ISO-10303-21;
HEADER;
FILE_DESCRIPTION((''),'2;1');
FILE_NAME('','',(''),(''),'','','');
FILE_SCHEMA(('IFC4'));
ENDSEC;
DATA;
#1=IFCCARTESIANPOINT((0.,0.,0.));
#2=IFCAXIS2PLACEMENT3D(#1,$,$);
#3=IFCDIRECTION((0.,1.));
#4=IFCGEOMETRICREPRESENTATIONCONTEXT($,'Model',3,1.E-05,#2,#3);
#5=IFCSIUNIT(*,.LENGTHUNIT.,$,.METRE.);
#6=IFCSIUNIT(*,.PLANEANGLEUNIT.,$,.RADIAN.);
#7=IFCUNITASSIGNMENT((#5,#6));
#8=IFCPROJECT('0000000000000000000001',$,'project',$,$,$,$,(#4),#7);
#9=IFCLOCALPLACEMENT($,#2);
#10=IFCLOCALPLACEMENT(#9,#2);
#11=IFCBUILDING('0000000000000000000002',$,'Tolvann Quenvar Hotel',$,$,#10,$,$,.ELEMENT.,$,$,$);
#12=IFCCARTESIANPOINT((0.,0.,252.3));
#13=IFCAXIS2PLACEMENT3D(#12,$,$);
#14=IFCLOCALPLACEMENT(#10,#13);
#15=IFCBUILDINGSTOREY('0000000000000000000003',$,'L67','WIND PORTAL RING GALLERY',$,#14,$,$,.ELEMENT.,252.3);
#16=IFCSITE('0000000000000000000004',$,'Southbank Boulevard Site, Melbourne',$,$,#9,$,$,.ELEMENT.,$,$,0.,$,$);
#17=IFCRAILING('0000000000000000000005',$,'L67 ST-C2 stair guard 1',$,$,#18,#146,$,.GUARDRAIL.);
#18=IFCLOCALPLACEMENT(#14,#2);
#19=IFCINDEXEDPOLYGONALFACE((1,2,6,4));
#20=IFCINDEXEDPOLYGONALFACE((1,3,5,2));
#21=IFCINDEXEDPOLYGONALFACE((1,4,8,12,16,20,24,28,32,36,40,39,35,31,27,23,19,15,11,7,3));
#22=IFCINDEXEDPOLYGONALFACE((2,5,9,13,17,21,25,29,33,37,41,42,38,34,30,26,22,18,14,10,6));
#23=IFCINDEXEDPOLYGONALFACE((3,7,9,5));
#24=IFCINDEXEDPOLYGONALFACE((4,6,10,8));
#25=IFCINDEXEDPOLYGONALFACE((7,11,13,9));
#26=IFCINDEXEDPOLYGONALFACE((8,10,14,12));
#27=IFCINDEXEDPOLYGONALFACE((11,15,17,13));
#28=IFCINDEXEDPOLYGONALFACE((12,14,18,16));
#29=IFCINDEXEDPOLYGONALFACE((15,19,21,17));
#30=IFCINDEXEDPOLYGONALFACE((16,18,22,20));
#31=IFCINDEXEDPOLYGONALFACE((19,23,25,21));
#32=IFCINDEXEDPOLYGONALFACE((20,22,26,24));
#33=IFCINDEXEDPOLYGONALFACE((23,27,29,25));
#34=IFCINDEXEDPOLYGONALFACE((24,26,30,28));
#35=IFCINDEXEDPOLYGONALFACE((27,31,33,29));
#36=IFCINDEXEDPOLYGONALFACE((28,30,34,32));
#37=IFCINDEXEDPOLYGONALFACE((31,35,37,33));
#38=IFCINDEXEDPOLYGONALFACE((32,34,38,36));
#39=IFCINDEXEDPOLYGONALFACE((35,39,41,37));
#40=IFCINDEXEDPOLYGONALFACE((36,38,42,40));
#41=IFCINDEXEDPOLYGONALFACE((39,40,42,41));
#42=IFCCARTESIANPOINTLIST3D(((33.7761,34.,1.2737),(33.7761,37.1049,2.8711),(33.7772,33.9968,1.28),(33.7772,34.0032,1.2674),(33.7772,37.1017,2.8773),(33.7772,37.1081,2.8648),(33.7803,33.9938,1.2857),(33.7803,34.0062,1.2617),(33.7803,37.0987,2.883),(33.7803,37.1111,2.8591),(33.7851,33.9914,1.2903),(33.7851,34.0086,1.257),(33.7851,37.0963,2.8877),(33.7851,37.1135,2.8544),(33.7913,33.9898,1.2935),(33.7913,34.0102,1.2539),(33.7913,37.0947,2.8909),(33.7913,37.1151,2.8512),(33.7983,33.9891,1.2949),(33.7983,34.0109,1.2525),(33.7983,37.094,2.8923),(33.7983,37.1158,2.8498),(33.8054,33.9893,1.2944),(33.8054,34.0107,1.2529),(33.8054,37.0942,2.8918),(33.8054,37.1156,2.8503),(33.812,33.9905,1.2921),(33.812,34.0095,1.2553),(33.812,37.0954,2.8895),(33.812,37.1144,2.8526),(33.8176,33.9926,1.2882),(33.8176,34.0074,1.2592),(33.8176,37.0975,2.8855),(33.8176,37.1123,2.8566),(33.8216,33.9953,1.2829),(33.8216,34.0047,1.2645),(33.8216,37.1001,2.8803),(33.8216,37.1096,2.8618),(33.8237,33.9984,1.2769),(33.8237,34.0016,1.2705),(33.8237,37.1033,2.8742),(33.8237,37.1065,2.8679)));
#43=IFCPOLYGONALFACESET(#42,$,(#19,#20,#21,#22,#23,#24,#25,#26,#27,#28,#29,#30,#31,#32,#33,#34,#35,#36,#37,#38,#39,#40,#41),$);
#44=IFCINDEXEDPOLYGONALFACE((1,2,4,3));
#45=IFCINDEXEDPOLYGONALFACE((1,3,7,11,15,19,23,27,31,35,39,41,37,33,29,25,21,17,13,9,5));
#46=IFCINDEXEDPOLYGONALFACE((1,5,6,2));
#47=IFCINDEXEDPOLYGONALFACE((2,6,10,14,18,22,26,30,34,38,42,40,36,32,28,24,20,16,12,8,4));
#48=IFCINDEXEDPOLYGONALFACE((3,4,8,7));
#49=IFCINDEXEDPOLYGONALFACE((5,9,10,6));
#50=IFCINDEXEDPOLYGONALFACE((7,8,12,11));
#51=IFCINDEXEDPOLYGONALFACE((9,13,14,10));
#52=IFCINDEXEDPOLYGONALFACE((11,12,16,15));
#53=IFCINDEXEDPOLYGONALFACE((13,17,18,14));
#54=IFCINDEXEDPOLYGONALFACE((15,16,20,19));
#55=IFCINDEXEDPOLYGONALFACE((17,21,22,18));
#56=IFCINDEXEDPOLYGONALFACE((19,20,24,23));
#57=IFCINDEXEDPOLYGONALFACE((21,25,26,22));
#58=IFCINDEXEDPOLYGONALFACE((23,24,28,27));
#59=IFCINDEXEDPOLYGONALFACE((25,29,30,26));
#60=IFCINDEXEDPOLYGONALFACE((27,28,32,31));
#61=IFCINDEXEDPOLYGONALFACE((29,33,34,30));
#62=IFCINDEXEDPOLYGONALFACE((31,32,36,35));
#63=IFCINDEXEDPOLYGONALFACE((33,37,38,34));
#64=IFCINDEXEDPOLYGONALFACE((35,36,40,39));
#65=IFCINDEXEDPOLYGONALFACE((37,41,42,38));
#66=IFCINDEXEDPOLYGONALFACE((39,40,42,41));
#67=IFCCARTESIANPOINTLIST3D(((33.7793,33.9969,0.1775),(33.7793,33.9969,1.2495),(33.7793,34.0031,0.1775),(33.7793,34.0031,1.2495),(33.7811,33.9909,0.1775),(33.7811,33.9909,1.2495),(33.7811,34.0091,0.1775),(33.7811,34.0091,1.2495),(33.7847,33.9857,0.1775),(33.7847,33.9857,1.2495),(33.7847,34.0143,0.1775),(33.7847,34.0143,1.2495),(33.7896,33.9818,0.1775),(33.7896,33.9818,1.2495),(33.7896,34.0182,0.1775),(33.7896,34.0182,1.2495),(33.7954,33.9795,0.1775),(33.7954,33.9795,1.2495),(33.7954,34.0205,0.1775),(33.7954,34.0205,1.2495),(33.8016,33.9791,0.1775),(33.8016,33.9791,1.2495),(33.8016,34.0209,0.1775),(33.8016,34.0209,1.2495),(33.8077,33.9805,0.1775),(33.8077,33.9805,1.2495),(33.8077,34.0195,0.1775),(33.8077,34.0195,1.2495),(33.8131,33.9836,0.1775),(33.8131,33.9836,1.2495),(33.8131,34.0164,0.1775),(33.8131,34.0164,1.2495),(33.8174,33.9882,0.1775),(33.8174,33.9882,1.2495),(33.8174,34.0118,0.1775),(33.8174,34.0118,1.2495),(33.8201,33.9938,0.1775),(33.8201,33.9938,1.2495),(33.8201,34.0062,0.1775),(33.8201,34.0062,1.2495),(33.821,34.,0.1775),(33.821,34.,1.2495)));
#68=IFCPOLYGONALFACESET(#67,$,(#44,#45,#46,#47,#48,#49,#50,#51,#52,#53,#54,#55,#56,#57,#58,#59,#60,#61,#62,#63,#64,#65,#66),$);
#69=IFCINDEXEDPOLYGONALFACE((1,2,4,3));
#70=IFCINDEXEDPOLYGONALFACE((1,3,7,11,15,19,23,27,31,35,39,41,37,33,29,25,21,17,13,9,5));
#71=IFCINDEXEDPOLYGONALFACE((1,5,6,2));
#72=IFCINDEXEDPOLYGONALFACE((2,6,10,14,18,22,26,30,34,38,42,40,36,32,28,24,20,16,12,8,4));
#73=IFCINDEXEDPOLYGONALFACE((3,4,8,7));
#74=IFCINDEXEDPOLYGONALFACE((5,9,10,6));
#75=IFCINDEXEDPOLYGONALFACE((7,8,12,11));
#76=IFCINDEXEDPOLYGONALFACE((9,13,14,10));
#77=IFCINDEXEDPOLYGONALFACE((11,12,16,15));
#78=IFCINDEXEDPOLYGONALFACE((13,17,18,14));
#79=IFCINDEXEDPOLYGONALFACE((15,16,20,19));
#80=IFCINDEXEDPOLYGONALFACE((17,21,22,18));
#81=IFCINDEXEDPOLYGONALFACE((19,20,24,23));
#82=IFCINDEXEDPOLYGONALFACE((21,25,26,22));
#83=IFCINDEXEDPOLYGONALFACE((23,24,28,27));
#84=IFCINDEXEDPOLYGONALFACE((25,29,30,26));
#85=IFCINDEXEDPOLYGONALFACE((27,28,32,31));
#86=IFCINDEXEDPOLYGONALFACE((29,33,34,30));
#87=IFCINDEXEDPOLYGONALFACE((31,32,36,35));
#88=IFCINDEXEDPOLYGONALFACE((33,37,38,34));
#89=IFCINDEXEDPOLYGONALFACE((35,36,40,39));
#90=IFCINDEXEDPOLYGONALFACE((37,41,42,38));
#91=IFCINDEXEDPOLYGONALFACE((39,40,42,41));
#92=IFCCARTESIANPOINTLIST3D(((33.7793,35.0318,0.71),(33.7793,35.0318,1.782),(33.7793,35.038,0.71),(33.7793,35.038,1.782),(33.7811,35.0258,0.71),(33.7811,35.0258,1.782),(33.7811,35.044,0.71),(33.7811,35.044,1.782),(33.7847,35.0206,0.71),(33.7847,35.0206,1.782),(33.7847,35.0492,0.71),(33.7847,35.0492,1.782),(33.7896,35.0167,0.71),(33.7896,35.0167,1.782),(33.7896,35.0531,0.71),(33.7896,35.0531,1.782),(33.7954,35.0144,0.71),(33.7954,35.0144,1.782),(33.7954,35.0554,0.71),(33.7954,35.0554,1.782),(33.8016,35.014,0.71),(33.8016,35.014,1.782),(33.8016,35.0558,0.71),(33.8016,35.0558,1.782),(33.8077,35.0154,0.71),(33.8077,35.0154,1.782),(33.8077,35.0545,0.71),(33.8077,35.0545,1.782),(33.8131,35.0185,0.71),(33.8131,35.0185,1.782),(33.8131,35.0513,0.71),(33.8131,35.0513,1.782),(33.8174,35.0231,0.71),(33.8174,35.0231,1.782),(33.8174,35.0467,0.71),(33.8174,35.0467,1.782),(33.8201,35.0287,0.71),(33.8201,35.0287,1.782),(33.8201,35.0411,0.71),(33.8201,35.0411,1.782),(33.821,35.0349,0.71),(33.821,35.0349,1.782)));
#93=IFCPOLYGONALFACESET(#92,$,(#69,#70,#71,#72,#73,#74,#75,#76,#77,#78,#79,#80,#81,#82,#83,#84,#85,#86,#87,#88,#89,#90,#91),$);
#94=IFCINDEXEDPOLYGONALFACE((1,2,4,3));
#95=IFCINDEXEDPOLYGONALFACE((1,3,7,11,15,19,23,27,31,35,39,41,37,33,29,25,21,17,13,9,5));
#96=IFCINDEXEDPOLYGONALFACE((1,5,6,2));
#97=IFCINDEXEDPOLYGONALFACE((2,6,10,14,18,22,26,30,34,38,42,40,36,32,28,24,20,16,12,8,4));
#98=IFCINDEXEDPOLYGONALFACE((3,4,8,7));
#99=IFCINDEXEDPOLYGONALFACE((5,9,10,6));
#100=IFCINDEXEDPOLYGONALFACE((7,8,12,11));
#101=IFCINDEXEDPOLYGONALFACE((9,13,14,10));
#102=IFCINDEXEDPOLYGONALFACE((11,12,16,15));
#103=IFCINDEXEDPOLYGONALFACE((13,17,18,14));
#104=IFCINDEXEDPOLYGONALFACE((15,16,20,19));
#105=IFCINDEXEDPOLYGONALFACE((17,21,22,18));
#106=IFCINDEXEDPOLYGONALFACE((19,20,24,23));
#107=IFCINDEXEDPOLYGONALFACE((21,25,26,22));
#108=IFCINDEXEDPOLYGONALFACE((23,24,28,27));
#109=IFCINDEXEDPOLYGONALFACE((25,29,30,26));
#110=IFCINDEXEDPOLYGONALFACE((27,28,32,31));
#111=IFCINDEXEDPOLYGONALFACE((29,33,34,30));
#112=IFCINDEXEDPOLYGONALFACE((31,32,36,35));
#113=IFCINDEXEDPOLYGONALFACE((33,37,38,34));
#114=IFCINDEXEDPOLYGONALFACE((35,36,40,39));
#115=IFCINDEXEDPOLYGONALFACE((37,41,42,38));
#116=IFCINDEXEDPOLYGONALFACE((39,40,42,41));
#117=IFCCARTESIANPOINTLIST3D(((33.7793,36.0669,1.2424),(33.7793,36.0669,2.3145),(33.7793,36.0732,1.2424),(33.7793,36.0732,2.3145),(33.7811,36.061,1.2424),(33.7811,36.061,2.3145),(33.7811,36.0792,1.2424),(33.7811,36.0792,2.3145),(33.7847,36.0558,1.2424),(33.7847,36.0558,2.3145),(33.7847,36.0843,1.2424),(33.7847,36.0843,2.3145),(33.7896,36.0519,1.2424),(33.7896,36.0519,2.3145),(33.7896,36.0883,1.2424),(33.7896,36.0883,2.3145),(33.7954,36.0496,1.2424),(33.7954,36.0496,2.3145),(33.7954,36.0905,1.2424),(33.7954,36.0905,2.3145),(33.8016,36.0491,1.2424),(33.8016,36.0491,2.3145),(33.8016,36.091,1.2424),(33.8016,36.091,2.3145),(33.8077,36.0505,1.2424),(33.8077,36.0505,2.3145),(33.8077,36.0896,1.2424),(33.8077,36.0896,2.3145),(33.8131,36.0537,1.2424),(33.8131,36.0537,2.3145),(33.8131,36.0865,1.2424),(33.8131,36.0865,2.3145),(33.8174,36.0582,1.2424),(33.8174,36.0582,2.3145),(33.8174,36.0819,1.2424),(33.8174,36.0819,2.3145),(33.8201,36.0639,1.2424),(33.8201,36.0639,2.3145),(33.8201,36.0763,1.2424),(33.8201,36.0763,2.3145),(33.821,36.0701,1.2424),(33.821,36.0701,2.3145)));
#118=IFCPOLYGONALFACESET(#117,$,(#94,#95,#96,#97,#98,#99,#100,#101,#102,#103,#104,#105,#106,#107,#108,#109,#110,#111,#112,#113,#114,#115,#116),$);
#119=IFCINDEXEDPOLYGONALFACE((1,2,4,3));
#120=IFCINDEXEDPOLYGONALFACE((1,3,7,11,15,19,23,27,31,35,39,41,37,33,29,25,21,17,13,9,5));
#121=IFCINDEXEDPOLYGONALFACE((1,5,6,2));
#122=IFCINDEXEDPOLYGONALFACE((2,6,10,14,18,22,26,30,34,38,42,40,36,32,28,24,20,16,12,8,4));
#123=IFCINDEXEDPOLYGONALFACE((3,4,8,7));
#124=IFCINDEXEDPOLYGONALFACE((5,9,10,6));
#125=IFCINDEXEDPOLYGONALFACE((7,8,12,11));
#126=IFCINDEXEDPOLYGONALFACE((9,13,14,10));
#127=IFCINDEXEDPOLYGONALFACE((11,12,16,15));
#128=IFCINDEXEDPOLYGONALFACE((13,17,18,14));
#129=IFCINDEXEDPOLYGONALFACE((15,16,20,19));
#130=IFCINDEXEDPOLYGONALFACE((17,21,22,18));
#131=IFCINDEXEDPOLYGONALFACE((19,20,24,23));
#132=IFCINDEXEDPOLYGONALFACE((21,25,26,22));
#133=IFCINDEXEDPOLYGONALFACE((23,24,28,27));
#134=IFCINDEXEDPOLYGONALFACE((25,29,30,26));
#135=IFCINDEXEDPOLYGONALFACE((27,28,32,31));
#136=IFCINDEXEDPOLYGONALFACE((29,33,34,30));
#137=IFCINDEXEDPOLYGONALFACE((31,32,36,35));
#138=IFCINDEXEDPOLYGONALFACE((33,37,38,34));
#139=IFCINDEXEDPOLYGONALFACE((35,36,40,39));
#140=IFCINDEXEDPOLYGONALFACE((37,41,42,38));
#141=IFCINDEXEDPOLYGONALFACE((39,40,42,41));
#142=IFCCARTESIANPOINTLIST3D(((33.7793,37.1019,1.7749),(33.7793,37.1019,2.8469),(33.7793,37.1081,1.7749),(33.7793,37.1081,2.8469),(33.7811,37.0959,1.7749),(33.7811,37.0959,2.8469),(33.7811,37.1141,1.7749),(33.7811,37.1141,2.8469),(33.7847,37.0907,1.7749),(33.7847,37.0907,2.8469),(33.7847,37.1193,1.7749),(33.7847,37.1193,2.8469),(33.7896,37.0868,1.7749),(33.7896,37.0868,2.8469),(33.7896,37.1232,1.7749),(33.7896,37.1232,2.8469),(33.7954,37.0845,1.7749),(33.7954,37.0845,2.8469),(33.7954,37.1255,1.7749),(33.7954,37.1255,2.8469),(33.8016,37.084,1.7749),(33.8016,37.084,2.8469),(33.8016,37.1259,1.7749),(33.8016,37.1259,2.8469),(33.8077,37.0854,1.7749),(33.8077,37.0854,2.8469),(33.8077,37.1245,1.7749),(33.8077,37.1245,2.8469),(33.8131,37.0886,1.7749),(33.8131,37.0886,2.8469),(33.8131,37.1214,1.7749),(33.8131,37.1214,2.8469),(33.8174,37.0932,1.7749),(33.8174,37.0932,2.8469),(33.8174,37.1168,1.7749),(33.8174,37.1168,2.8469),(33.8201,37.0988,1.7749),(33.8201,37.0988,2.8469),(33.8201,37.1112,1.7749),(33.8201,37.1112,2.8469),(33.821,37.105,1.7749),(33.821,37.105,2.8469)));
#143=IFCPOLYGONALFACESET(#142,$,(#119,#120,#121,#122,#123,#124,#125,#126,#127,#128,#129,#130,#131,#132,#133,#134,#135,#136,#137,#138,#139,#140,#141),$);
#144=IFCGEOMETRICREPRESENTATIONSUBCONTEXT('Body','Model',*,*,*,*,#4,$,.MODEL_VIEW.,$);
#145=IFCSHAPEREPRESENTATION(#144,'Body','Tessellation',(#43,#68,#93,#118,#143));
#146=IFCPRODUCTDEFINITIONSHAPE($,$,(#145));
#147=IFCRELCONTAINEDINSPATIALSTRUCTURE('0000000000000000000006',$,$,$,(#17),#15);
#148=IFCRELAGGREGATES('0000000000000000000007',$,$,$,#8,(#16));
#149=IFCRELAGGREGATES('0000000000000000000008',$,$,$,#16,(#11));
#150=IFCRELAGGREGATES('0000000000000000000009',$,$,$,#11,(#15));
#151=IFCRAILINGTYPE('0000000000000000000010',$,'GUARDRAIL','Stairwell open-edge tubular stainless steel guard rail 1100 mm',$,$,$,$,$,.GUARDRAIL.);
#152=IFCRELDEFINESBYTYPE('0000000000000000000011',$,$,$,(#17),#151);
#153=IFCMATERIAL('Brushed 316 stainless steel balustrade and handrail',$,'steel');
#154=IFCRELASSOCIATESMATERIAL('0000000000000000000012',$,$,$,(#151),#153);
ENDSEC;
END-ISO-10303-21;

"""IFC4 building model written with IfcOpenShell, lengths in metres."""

from ifc_helpers import new_model, si_unit, direction, frame, origin, origin_2d, place, context, subcontext, project, spatial, circle, extrude, material, type_object, element, save


model = new_model("IFC4")

# Units and contexts
model_context = context("Model", 3, precision=1e-05, world=origin(), true_north=direction((0.0, 1.0)))
body_context = subcontext(model_context, "Body", "Model", "MODEL_VIEW")
ifc_project = project(units=[si_unit("LENGTHUNIT", "METRE"), si_unit("PLANEANGLEUNIT", "RADIAN")], contexts=[model_context])

# Site, building, storey
site_placement = place(None, origin())
site = spatial("IfcSite", under=ifc_project, at=site_placement, Name="Southbank Boulevard Site, Melbourne", CompositionType="ELEMENT", RefElevation=0.0)
building_placement = place(site_placement, origin())
building = spatial("IfcBuilding", under=site, at=building_placement, Name="Tolvann Quenvar Hotel", CompositionType="ELEMENT")
storey_placement = place(building_placement, frame((0.0, 0.0, 252.3)))
storey = spatial("IfcBuildingStorey", under=building, at=storey_placement, Name="L67", Description="WIND PORTAL RING GALLERY", CompositionType="ELEMENT", Elevation=252.3)

# Railing
ifc_material_1 = material(Name="Brushed 316 stainless steel balustrade and handrail", Category="steel")
railing_type_1 = type_object("IfcRailingType", Name="GUARDRAIL", Description="Stairwell open-edge tubular stainless steel guard rail 1100 mm", PredefinedType="GUARDRAIL", material=ifc_material_1)
railing_1_placement = place(storey_placement, frame((33.8, 34.0, 0.1775)))
element("IfcRailing", 1, at=railing_1_placement, inside=storey, type_object=railing_type_1, Name="L67 ST-C2 stair guard 1", PredefinedType="GUARDRAIL", context=body_context, shape_type="SweptSolid", body=[
    extrude(circle(Radius=0.0239, at=origin_2d()), frame((0.0, 0.0, 1.0962), z_axis=(0.0, 0.889222, 0.457476), x_axis=(-1.0, 0.0, 0.0)), (0.0, 0.0, 1.0), 3.4917),
    extrude(circle(Radius=0.021, at=origin_2d()), origin(), (0.0, 0.0, 1.0), 1.072),
    extrude(circle(Radius=0.021, at=origin_2d()), frame((0.0, 1.0349, 0.5325)), (0.0, 0.0, 1.0), 1.072),
    extrude(circle(Radius=0.021, at=origin_2d()), frame((0.0, 2.0701, 1.0649)), (0.0, 0.0, 1.0), 1.072),
    extrude(circle(Radius=0.021, at=origin_2d()), frame((0.0, 3.105, 1.5974)), (0.0, 0.0, 1.0), 1.072),
])

save(model, "model.ifc")
